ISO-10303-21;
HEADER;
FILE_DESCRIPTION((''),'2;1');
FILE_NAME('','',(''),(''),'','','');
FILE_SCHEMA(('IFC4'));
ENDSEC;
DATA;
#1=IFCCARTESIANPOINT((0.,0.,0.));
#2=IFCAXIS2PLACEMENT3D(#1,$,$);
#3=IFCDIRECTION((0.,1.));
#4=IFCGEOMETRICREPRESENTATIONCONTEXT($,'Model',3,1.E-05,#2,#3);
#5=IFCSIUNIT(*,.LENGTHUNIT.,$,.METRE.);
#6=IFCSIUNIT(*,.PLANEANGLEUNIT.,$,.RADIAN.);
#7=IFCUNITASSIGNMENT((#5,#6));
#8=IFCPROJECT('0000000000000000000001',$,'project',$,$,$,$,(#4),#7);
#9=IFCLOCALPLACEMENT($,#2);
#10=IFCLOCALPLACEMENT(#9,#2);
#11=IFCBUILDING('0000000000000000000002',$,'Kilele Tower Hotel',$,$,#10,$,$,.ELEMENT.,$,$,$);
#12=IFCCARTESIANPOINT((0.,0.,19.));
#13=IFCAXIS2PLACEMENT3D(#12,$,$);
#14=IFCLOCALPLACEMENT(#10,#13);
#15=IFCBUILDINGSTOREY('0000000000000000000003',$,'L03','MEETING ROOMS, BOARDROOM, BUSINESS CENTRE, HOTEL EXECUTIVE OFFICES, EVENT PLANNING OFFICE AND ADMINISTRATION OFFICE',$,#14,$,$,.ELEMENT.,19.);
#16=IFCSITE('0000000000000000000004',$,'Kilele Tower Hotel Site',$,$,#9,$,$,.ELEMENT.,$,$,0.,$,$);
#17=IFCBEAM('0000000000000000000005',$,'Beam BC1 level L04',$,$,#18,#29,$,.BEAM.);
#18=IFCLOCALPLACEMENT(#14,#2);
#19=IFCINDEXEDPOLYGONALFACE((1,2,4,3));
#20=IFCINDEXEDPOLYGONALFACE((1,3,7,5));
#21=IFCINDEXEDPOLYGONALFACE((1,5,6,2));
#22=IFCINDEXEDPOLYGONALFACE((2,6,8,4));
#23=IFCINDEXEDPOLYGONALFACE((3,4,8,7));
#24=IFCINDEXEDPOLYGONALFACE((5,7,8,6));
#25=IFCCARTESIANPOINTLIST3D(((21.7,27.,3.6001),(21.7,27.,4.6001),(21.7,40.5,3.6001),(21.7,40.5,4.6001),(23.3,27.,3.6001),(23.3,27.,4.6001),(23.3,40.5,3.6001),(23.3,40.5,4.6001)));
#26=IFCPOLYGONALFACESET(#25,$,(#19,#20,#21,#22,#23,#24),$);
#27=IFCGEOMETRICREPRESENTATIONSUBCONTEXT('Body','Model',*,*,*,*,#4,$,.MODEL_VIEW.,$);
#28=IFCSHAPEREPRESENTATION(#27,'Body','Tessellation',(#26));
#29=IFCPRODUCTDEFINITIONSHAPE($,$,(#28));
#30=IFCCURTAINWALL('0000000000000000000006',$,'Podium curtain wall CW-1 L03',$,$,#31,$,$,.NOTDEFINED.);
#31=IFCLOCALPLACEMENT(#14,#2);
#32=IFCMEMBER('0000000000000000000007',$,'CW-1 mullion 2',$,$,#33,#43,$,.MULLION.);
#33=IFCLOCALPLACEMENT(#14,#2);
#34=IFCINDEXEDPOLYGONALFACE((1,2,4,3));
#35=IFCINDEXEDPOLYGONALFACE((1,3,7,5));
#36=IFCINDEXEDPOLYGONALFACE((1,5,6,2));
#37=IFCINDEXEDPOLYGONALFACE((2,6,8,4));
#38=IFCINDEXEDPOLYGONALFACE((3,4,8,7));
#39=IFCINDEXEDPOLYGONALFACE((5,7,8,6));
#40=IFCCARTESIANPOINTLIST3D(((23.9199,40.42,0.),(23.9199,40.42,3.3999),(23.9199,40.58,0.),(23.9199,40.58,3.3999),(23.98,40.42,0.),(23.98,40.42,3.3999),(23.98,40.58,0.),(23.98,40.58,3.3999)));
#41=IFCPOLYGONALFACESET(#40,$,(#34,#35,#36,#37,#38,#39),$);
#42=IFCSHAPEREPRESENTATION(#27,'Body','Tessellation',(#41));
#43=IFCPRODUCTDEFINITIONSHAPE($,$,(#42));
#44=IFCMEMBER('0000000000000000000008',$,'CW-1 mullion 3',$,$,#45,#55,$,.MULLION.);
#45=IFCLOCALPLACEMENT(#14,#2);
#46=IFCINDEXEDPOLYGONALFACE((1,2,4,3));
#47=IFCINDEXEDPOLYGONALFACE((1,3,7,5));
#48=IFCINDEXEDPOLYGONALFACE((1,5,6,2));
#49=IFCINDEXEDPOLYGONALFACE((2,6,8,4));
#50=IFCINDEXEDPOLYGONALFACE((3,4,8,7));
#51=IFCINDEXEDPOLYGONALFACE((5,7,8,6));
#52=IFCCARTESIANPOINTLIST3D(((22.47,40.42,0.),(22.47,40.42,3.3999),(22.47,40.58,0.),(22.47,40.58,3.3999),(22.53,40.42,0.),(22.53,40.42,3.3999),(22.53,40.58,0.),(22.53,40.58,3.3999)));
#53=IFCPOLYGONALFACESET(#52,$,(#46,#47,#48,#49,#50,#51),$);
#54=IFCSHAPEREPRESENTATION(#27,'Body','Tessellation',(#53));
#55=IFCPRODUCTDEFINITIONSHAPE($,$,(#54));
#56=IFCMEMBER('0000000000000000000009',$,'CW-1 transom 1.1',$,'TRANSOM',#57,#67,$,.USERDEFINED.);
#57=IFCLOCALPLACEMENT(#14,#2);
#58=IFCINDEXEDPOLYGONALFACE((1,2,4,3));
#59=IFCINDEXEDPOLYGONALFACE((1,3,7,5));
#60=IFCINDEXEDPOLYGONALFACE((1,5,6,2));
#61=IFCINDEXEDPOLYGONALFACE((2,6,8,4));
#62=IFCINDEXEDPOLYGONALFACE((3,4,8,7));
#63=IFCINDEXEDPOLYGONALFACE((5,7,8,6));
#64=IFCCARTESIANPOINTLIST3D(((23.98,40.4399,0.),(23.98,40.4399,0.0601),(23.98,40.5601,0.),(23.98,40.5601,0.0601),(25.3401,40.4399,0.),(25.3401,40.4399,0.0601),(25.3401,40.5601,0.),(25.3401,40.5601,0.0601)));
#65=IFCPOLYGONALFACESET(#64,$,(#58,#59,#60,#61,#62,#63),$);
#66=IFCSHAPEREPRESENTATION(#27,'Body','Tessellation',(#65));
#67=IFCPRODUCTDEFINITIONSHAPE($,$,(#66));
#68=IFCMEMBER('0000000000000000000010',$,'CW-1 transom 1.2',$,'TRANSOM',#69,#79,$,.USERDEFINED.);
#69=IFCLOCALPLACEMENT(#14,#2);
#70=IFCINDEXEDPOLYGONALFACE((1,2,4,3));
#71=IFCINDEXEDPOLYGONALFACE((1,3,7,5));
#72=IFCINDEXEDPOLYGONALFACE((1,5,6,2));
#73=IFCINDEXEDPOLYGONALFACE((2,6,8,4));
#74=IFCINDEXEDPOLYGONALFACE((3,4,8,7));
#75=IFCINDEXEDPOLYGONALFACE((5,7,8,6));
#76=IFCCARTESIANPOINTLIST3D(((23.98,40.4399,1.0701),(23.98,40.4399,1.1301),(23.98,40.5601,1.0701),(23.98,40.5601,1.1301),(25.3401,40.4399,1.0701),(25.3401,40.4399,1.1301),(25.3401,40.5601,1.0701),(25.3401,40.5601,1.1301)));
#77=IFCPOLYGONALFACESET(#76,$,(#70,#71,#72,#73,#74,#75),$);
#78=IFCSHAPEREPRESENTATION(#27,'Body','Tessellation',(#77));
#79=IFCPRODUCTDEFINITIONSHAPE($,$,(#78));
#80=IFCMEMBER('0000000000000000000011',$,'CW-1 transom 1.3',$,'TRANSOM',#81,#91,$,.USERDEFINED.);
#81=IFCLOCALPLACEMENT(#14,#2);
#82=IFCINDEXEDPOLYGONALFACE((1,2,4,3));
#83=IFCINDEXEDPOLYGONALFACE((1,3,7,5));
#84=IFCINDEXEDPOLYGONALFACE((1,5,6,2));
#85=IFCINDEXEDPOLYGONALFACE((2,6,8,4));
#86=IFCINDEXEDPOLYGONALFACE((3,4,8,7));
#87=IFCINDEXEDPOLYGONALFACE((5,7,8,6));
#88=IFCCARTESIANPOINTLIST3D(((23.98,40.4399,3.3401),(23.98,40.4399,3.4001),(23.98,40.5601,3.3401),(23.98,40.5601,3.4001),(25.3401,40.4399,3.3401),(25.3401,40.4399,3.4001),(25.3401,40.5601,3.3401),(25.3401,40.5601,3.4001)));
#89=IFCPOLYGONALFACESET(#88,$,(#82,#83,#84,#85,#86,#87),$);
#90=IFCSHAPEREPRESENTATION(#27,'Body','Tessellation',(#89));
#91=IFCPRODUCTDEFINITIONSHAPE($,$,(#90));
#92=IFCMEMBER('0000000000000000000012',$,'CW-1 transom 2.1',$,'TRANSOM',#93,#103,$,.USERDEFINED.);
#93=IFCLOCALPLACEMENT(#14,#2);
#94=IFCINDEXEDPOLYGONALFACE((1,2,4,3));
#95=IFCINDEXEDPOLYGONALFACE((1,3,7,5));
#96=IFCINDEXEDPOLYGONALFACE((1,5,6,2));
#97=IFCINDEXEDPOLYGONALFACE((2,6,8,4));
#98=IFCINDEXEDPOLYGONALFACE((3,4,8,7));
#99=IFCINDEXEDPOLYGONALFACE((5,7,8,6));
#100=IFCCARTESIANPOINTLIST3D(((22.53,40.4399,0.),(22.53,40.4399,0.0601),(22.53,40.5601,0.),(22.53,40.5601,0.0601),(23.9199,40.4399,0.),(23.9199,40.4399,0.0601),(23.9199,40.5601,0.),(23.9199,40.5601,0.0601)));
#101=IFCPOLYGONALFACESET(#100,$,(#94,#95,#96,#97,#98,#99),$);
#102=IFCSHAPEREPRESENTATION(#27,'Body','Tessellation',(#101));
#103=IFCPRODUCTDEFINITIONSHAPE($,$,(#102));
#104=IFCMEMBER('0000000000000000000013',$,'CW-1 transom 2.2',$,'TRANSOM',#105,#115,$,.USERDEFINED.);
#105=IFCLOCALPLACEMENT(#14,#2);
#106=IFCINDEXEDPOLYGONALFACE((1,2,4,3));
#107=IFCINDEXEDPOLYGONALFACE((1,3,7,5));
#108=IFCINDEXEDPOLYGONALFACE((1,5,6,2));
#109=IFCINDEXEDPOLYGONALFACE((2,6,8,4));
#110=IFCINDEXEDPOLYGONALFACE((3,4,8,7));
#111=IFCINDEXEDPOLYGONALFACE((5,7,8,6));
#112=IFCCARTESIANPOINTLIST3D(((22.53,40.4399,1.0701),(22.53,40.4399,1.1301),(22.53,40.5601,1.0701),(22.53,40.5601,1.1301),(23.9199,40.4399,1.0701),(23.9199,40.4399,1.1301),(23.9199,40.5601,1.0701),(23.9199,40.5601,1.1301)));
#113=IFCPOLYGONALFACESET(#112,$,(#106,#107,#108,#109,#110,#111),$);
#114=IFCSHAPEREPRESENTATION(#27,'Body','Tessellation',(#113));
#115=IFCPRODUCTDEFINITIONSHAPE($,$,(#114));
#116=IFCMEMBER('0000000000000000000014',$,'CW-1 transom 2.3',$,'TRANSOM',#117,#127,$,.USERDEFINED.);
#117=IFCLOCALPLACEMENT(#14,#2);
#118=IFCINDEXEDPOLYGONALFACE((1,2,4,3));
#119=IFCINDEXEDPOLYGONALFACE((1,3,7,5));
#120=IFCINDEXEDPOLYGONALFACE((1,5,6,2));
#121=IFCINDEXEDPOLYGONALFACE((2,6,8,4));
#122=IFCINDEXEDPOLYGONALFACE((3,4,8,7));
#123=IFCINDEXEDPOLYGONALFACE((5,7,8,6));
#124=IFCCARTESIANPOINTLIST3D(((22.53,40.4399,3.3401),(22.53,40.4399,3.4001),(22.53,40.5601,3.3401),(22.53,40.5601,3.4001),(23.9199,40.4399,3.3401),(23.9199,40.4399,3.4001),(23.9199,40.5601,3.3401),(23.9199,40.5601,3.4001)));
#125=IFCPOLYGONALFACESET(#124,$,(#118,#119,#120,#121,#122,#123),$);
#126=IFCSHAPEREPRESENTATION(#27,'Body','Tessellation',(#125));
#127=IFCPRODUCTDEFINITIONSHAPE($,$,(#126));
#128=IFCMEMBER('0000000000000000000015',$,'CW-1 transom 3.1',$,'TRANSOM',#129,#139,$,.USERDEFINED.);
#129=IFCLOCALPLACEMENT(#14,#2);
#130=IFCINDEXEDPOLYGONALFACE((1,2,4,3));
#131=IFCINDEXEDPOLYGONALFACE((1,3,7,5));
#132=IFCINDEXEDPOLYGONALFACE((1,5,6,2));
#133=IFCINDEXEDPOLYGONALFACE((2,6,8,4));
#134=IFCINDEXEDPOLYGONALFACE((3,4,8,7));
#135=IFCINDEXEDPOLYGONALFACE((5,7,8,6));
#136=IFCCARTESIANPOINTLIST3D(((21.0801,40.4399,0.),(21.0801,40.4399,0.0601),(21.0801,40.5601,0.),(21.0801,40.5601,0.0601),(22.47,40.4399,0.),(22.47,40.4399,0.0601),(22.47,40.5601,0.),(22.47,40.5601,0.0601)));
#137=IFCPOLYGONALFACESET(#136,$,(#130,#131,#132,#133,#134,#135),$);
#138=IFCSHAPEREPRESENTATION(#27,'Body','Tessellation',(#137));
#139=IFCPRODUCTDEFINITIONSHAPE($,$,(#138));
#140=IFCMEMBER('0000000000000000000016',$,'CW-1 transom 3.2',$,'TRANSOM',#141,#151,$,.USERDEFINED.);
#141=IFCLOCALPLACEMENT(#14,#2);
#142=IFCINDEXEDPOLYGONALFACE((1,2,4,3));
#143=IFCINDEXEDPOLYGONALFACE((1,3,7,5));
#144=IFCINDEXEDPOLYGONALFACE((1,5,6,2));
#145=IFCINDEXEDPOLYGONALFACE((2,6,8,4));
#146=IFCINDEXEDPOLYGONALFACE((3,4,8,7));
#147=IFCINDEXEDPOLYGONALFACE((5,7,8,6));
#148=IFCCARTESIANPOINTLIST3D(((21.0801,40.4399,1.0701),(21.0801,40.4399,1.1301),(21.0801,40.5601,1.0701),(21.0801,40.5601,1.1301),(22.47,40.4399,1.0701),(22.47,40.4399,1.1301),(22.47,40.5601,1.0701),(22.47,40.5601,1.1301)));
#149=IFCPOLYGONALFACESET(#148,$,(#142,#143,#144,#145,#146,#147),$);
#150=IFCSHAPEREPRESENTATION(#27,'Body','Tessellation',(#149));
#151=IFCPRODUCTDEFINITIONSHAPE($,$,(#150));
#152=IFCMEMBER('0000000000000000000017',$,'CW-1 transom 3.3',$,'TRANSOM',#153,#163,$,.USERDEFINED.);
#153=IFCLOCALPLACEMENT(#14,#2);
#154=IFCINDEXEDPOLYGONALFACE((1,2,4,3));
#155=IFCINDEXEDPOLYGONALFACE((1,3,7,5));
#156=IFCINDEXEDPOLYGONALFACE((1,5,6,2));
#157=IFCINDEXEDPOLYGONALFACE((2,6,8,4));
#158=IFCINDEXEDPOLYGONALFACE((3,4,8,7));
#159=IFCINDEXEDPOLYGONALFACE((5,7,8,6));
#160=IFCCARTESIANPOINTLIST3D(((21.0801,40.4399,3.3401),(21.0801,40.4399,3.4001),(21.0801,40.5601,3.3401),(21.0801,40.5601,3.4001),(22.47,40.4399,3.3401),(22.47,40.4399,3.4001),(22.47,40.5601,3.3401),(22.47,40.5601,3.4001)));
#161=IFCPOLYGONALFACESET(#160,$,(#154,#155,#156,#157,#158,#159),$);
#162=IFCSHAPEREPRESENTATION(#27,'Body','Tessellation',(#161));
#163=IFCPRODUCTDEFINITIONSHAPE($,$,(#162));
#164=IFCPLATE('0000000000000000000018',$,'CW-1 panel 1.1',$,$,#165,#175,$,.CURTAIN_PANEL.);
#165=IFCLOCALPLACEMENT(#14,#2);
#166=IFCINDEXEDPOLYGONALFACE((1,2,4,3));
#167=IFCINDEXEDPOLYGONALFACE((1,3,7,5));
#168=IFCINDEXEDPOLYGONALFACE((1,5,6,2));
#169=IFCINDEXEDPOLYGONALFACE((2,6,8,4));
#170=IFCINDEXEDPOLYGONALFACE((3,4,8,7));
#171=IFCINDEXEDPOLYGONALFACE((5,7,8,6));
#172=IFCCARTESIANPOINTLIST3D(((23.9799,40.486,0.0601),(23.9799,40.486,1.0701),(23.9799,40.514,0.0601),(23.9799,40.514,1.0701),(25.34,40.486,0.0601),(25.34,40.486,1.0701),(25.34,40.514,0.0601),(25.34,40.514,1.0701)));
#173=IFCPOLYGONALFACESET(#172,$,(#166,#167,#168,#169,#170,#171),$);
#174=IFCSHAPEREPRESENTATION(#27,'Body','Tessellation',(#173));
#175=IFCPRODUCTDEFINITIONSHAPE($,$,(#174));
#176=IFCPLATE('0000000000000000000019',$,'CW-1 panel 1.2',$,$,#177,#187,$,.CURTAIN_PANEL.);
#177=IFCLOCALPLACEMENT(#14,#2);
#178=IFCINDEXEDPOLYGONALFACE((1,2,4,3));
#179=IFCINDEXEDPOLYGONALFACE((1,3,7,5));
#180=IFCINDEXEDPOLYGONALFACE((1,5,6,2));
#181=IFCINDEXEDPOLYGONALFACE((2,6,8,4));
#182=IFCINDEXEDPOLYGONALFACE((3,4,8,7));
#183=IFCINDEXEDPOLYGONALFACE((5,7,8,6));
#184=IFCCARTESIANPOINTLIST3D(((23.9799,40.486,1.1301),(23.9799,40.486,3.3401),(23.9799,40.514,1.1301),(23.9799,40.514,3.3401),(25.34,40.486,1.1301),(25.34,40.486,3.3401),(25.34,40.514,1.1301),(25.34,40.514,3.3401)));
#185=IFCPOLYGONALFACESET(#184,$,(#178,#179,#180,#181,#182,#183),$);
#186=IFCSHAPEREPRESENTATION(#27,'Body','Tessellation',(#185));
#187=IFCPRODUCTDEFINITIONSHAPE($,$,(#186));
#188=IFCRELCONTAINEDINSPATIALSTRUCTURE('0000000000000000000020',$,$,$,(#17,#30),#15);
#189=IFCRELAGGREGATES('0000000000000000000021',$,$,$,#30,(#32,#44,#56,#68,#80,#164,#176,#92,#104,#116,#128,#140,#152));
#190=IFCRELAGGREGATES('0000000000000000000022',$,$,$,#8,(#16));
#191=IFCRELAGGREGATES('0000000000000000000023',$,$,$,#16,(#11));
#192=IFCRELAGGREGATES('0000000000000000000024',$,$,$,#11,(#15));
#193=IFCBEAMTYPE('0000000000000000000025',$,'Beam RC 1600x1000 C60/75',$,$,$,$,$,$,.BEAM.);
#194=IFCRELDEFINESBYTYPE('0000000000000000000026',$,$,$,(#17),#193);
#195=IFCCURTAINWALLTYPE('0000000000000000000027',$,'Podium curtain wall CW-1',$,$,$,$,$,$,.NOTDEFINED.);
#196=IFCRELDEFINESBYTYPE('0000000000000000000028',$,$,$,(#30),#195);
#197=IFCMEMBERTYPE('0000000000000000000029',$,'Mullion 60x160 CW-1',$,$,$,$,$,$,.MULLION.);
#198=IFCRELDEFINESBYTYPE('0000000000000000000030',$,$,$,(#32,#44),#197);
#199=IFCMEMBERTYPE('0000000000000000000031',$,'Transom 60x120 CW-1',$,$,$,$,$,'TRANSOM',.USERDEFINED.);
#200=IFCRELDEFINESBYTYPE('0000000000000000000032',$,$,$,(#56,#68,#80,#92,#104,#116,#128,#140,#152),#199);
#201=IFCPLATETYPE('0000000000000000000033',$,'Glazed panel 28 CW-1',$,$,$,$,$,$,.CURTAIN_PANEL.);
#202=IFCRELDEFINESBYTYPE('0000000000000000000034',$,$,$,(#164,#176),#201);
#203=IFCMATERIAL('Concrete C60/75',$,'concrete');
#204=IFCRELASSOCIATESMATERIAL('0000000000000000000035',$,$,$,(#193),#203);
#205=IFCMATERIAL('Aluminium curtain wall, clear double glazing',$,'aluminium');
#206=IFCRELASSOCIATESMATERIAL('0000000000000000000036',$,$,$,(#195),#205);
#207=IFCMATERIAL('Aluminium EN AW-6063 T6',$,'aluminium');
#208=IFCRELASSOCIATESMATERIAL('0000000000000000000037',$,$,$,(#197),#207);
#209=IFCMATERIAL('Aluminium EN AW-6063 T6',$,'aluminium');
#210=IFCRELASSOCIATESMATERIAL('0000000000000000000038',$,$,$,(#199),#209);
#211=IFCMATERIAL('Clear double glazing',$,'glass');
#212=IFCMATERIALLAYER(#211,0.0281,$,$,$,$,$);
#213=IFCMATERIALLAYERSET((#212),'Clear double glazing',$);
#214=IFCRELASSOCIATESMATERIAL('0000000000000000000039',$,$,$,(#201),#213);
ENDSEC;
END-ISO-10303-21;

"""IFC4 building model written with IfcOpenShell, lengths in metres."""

from ifc_helpers import new_model, si_unit, direction, frame, origin, origin_2d, place, context, subcontext, project, spatial, rectangle, extrude, material, layer, layer_set, material_profile, profile_set, type_object, element, aggregate, save


model = new_model("IFC4")

# Units and contexts
model_context = context("Model", 3, precision=1e-05, world=origin(), true_north=direction((0.0, 1.0)))
body_context = subcontext(model_context, "Body", "Model", "MODEL_VIEW")
ifc_project = project(units=[si_unit("LENGTHUNIT", "METRE"), si_unit("PLANEANGLEUNIT", "RADIAN")], contexts=[model_context])

# Site, building, storey
site_placement = place(None, origin())
site = spatial("IfcSite", under=ifc_project, at=site_placement, Name="Kilele Tower Hotel Site", CompositionType="ELEMENT", RefElevation=0.0)
building_placement = place(site_placement, origin())
building = spatial("IfcBuilding", under=site, at=building_placement, Name="Kilele Tower Hotel", CompositionType="ELEMENT")
storey_placement = place(building_placement, frame((0.0, 0.0, 19.0)))
storey = spatial("IfcBuildingStorey", under=building, at=storey_placement, Name="L03", Description="MEETING ROOMS, BOARDROOM, BUSINESS CENTRE, HOTEL EXECUTIVE OFFICES, EVENT PLANNING OFFICE AND ADMINISTRATION OFFICE", CompositionType="ELEMENT", Elevation=19.0)

# Beam
ifc_material_1 = material(Name="Concrete C60/75", Category="concrete")
ifc_material_profile_1 = material_profile(ifc_material_1, rectangle(XDim=1.6001, YDim=1.0, at=origin_2d()))
ifc_profile_set_1 = profile_set([ifc_material_profile_1], Name="Concrete C60/75")
beam_type = type_object("IfcBeamType", Name="Beam RC 1600x1000 C60/75", PredefinedType="BEAM", material=ifc_profile_set_1)
beam_placement = place(storey_placement, frame((22.5, 40.5, 4.1001), z_axis=(0.0, -1.0, 0.0), x_axis=(1.0, 0.0, 0.0)))
element("IfcBeam", 1, at=beam_placement, inside=storey, type_object=beam_type, Name="Beam BC1 level L04", PredefinedType="BEAM", context=body_context, shape_type="SweptSolid", body=[
    extrude(rectangle(XDim=1.6001, YDim=1.0, at=origin_2d()), origin(), (0.0, 0.0, 1.0), 13.5),
])

# Curtain wall, members, plates
ifc_material_2 = material(Name="Aluminium curtain wall, clear double glazing", Category="aluminium")
curtain_wall_type = type_object("IfcCurtainWallType", Name="Podium curtain wall CW-1", PredefinedType="NOTDEFINED", material=ifc_material_2)
curtain_wall_placement = place(storey_placement, origin())
curtain_wall = element("IfcCurtainWall", 2, at=curtain_wall_placement, inside=storey, type_object=curtain_wall_type, Name="Podium curtain wall CW-1 L03", PredefinedType="NOTDEFINED")
ifc_material_3 = material(Name="Aluminium EN AW-6063 T6", Category="aluminium")
ifc_material_profile_2 = material_profile(ifc_material_3, rectangle(XDim=0.1599, YDim=0.0601, at=origin_2d()))
ifc_profile_set_2 = profile_set([ifc_material_profile_2], Name="Aluminium EN AW-6063 T6")
member_type_1 = type_object("IfcMemberType", Name="Mullion 60x160 CW-1", PredefinedType="MULLION", material=ifc_profile_set_2)
member_1_placement = place(storey_placement, frame((23.95, 40.5, 0.0), z_axis=(0.0, 0.0, 1.0), x_axis=(0.0, -1.0, 0.0)))
member_1 = element("IfcMember", 3, at=member_1_placement, type_object=member_type_1, Name="CW-1 mullion 2", PredefinedType="MULLION", context=body_context, shape_type="SweptSolid", body=[
    extrude(rectangle(XDim=0.1599, YDim=0.0601, at=origin_2d()), origin(), (0.0, 0.0, 1.0), 3.3999),
])
member_2_placement = place(storey_placement, frame((22.5, 40.5, 0.0), z_axis=(0.0, 0.0, 1.0), x_axis=(0.0, -1.0, 0.0)))
member_2 = element("IfcMember", 4, at=member_2_placement, type_object=member_type_1, Name="CW-1 mullion 3", PredefinedType="MULLION", context=body_context, shape_type="SweptSolid", body=[
    extrude(rectangle(XDim=0.1599, YDim=0.0601, at=origin_2d()), origin(), (0.0, 0.0, 1.0), 3.3999),
])
ifc_material_4 = material(Name="Aluminium EN AW-6063 T6", Category="aluminium")
ifc_material_profile_3 = material_profile(ifc_material_4, rectangle(XDim=0.1201, YDim=0.0601, at=origin_2d()))
ifc_profile_set_3 = profile_set([ifc_material_profile_3], Name="Aluminium EN AW-6063 T6")
member_type_2 = type_object("IfcMemberType", Name="Transom 60x120 CW-1", ElementType="TRANSOM", PredefinedType="USERDEFINED", material=ifc_profile_set_3)
member_3_placement = place(storey_placement, frame((25.3401, 40.5, 0.03), z_axis=(-1.0, 0.0, 0.0), x_axis=(0.0, -1.0, 0.0)))
member_3 = element("IfcMember", 5, at=member_3_placement, type_object=member_type_2, Name="CW-1 transom 1.1", ObjectType="TRANSOM", PredefinedType="USERDEFINED", context=body_context, shape_type="SweptSolid", body=[
    extrude(rectangle(XDim=0.1201, YDim=0.0601, at=origin_2d()), origin(), (0.0, 0.0, 1.0), 1.3601),
])
member_4_placement = place(storey_placement, frame((25.3401, 40.5, 1.1001), z_axis=(-1.0, 0.0, 0.0), x_axis=(0.0, -1.0, 0.0)))
member_4 = element("IfcMember", 6, at=member_4_placement, type_object=member_type_2, Name="CW-1 transom 1.2", ObjectType="TRANSOM", PredefinedType="USERDEFINED", context=body_context, shape_type="SweptSolid", body=[
    extrude(rectangle(XDim=0.1201, YDim=0.0601, at=origin_2d()), origin(), (0.0, 0.0, 1.0), 1.3601),
])
member_5_placement = place(storey_placement, frame((25.3401, 40.5, 3.3701), z_axis=(-1.0, 0.0, 0.0), x_axis=(0.0, -1.0, 0.0)))
member_5 = element("IfcMember", 7, at=member_5_placement, type_object=member_type_2, Name="CW-1 transom 1.3", ObjectType="TRANSOM", PredefinedType="USERDEFINED", context=body_context, shape_type="SweptSolid", body=[
    extrude(rectangle(XDim=0.1201, YDim=0.0601, at=origin_2d()), origin(), (0.0, 0.0, 1.0), 1.3601),
])
member_6_placement = place(storey_placement, frame((23.9199, 40.5, 0.03), z_axis=(-1.0, 0.0, 0.0), x_axis=(0.0, -1.0, 0.0)))
member_6 = element("IfcMember", 8, at=member_6_placement, type_object=member_type_2, Name="CW-1 transom 2.1", ObjectType="TRANSOM", PredefinedType="USERDEFINED", context=body_context, shape_type="SweptSolid", body=[
    extrude(rectangle(XDim=0.1201, YDim=0.0601, at=origin_2d()), origin(), (0.0, 0.0, 1.0), 1.3899),
])
member_7_placement = place(storey_placement, frame((23.9199, 40.5, 1.1001), z_axis=(-1.0, 0.0, 0.0), x_axis=(0.0, -1.0, 0.0)))
member_7 = element("IfcMember", 9, at=member_7_placement, type_object=member_type_2, Name="CW-1 transom 2.2", ObjectType="TRANSOM", PredefinedType="USERDEFINED", context=body_context, shape_type="SweptSolid", body=[
    extrude(rectangle(XDim=0.1201, YDim=0.0601, at=origin_2d()), origin(), (0.0, 0.0, 1.0), 1.3899),
])
member_8_placement = place(storey_placement, frame((23.9199, 40.5, 3.3701), z_axis=(-1.0, 0.0, 0.0), x_axis=(0.0, -1.0, 0.0)))
member_8 = element("IfcMember", 10, at=member_8_placement, type_object=member_type_2, Name="CW-1 transom 2.3", ObjectType="TRANSOM", PredefinedType="USERDEFINED", context=body_context, shape_type="SweptSolid", body=[
    extrude(rectangle(XDim=0.1201, YDim=0.0601, at=origin_2d()), origin(), (0.0, 0.0, 1.0), 1.3899),
])
member_9_placement = place(storey_placement, frame((22.47, 40.5, 0.03), z_axis=(-1.0, 0.0, 0.0), x_axis=(0.0, -1.0, 0.0)))
member_9 = element("IfcMember", 11, at=member_9_placement, type_object=member_type_2, Name="CW-1 transom 3.1", ObjectType="TRANSOM", PredefinedType="USERDEFINED", context=body_context, shape_type="SweptSolid", body=[
    extrude(rectangle(XDim=0.1201, YDim=0.0601, at=origin_2d()), origin(), (0.0, 0.0, 1.0), 1.3899),
])
member_10_placement = place(storey_placement, frame((22.47, 40.5, 1.1001), z_axis=(-1.0, 0.0, 0.0), x_axis=(0.0, -1.0, 0.0)))
member_10 = element("IfcMember", 12, at=member_10_placement, type_object=member_type_2, Name="CW-1 transom 3.2", ObjectType="TRANSOM", PredefinedType="USERDEFINED", context=body_context, shape_type="SweptSolid", body=[
    extrude(rectangle(XDim=0.1201, YDim=0.0601, at=origin_2d()), origin(), (0.0, 0.0, 1.0), 1.3899),
])
member_11_placement = place(storey_placement, frame((22.47, 40.5, 3.3701), z_axis=(-1.0, 0.0, 0.0), x_axis=(0.0, -1.0, 0.0)))
member_11 = element("IfcMember", 13, at=member_11_placement, type_object=member_type_2, Name="CW-1 transom 3.3", ObjectType="TRANSOM", PredefinedType="USERDEFINED", context=body_context, shape_type="SweptSolid", body=[
    extrude(rectangle(XDim=0.1201, YDim=0.0601, at=origin_2d()), origin(), (0.0, 0.0, 1.0), 1.3899),
])
ifc_material_5 = material(Name="Clear double glazing", Category="glass")
ifc_layer_1 = layer(ifc_material_5, 0.0281)
ifc_layer_set_1 = layer_set([ifc_layer_1], Name="Clear double glazing")
plate_type = type_object("IfcPlateType", Name="Glazed panel 28 CW-1", PredefinedType="CURTAIN_PANEL", material=ifc_layer_set_1)
plate_1_placement = place(storey_placement, frame((24.6599, 40.5, 0.0601), z_axis=(0.0, 0.0, 1.0), x_axis=(-1.0, 0.0, 0.0)))
plate_1 = element("IfcPlate", 14, at=plate_1_placement, type_object=plate_type, Name="CW-1 panel 1.1", PredefinedType="CURTAIN_PANEL", context=body_context, shape_type="SweptSolid", body=[
    extrude(rectangle(XDim=1.3601, YDim=0.0281, at=origin_2d()), origin(), (0.0, 0.0, 1.0), 1.01),
])
plate_2_placement = place(storey_placement, frame((24.6599, 40.5, 1.1301), z_axis=(0.0, 0.0, 1.0), x_axis=(-1.0, 0.0, 0.0)))
plate_2 = element("IfcPlate", 15, at=plate_2_placement, type_object=plate_type, Name="CW-1 panel 1.2", PredefinedType="CURTAIN_PANEL", context=body_context, shape_type="SweptSolid", body=[
    extrude(rectangle(XDim=1.3601, YDim=0.0281, at=origin_2d()), origin(), (0.0, 0.0, 1.0), 2.21),
])
aggregate(curtain_wall, [member_1, member_2, member_3, member_4, member_5, plate_1, plate_2, member_6, member_7, member_8, member_9, member_10, member_11])

save(model, "model.ifc")
